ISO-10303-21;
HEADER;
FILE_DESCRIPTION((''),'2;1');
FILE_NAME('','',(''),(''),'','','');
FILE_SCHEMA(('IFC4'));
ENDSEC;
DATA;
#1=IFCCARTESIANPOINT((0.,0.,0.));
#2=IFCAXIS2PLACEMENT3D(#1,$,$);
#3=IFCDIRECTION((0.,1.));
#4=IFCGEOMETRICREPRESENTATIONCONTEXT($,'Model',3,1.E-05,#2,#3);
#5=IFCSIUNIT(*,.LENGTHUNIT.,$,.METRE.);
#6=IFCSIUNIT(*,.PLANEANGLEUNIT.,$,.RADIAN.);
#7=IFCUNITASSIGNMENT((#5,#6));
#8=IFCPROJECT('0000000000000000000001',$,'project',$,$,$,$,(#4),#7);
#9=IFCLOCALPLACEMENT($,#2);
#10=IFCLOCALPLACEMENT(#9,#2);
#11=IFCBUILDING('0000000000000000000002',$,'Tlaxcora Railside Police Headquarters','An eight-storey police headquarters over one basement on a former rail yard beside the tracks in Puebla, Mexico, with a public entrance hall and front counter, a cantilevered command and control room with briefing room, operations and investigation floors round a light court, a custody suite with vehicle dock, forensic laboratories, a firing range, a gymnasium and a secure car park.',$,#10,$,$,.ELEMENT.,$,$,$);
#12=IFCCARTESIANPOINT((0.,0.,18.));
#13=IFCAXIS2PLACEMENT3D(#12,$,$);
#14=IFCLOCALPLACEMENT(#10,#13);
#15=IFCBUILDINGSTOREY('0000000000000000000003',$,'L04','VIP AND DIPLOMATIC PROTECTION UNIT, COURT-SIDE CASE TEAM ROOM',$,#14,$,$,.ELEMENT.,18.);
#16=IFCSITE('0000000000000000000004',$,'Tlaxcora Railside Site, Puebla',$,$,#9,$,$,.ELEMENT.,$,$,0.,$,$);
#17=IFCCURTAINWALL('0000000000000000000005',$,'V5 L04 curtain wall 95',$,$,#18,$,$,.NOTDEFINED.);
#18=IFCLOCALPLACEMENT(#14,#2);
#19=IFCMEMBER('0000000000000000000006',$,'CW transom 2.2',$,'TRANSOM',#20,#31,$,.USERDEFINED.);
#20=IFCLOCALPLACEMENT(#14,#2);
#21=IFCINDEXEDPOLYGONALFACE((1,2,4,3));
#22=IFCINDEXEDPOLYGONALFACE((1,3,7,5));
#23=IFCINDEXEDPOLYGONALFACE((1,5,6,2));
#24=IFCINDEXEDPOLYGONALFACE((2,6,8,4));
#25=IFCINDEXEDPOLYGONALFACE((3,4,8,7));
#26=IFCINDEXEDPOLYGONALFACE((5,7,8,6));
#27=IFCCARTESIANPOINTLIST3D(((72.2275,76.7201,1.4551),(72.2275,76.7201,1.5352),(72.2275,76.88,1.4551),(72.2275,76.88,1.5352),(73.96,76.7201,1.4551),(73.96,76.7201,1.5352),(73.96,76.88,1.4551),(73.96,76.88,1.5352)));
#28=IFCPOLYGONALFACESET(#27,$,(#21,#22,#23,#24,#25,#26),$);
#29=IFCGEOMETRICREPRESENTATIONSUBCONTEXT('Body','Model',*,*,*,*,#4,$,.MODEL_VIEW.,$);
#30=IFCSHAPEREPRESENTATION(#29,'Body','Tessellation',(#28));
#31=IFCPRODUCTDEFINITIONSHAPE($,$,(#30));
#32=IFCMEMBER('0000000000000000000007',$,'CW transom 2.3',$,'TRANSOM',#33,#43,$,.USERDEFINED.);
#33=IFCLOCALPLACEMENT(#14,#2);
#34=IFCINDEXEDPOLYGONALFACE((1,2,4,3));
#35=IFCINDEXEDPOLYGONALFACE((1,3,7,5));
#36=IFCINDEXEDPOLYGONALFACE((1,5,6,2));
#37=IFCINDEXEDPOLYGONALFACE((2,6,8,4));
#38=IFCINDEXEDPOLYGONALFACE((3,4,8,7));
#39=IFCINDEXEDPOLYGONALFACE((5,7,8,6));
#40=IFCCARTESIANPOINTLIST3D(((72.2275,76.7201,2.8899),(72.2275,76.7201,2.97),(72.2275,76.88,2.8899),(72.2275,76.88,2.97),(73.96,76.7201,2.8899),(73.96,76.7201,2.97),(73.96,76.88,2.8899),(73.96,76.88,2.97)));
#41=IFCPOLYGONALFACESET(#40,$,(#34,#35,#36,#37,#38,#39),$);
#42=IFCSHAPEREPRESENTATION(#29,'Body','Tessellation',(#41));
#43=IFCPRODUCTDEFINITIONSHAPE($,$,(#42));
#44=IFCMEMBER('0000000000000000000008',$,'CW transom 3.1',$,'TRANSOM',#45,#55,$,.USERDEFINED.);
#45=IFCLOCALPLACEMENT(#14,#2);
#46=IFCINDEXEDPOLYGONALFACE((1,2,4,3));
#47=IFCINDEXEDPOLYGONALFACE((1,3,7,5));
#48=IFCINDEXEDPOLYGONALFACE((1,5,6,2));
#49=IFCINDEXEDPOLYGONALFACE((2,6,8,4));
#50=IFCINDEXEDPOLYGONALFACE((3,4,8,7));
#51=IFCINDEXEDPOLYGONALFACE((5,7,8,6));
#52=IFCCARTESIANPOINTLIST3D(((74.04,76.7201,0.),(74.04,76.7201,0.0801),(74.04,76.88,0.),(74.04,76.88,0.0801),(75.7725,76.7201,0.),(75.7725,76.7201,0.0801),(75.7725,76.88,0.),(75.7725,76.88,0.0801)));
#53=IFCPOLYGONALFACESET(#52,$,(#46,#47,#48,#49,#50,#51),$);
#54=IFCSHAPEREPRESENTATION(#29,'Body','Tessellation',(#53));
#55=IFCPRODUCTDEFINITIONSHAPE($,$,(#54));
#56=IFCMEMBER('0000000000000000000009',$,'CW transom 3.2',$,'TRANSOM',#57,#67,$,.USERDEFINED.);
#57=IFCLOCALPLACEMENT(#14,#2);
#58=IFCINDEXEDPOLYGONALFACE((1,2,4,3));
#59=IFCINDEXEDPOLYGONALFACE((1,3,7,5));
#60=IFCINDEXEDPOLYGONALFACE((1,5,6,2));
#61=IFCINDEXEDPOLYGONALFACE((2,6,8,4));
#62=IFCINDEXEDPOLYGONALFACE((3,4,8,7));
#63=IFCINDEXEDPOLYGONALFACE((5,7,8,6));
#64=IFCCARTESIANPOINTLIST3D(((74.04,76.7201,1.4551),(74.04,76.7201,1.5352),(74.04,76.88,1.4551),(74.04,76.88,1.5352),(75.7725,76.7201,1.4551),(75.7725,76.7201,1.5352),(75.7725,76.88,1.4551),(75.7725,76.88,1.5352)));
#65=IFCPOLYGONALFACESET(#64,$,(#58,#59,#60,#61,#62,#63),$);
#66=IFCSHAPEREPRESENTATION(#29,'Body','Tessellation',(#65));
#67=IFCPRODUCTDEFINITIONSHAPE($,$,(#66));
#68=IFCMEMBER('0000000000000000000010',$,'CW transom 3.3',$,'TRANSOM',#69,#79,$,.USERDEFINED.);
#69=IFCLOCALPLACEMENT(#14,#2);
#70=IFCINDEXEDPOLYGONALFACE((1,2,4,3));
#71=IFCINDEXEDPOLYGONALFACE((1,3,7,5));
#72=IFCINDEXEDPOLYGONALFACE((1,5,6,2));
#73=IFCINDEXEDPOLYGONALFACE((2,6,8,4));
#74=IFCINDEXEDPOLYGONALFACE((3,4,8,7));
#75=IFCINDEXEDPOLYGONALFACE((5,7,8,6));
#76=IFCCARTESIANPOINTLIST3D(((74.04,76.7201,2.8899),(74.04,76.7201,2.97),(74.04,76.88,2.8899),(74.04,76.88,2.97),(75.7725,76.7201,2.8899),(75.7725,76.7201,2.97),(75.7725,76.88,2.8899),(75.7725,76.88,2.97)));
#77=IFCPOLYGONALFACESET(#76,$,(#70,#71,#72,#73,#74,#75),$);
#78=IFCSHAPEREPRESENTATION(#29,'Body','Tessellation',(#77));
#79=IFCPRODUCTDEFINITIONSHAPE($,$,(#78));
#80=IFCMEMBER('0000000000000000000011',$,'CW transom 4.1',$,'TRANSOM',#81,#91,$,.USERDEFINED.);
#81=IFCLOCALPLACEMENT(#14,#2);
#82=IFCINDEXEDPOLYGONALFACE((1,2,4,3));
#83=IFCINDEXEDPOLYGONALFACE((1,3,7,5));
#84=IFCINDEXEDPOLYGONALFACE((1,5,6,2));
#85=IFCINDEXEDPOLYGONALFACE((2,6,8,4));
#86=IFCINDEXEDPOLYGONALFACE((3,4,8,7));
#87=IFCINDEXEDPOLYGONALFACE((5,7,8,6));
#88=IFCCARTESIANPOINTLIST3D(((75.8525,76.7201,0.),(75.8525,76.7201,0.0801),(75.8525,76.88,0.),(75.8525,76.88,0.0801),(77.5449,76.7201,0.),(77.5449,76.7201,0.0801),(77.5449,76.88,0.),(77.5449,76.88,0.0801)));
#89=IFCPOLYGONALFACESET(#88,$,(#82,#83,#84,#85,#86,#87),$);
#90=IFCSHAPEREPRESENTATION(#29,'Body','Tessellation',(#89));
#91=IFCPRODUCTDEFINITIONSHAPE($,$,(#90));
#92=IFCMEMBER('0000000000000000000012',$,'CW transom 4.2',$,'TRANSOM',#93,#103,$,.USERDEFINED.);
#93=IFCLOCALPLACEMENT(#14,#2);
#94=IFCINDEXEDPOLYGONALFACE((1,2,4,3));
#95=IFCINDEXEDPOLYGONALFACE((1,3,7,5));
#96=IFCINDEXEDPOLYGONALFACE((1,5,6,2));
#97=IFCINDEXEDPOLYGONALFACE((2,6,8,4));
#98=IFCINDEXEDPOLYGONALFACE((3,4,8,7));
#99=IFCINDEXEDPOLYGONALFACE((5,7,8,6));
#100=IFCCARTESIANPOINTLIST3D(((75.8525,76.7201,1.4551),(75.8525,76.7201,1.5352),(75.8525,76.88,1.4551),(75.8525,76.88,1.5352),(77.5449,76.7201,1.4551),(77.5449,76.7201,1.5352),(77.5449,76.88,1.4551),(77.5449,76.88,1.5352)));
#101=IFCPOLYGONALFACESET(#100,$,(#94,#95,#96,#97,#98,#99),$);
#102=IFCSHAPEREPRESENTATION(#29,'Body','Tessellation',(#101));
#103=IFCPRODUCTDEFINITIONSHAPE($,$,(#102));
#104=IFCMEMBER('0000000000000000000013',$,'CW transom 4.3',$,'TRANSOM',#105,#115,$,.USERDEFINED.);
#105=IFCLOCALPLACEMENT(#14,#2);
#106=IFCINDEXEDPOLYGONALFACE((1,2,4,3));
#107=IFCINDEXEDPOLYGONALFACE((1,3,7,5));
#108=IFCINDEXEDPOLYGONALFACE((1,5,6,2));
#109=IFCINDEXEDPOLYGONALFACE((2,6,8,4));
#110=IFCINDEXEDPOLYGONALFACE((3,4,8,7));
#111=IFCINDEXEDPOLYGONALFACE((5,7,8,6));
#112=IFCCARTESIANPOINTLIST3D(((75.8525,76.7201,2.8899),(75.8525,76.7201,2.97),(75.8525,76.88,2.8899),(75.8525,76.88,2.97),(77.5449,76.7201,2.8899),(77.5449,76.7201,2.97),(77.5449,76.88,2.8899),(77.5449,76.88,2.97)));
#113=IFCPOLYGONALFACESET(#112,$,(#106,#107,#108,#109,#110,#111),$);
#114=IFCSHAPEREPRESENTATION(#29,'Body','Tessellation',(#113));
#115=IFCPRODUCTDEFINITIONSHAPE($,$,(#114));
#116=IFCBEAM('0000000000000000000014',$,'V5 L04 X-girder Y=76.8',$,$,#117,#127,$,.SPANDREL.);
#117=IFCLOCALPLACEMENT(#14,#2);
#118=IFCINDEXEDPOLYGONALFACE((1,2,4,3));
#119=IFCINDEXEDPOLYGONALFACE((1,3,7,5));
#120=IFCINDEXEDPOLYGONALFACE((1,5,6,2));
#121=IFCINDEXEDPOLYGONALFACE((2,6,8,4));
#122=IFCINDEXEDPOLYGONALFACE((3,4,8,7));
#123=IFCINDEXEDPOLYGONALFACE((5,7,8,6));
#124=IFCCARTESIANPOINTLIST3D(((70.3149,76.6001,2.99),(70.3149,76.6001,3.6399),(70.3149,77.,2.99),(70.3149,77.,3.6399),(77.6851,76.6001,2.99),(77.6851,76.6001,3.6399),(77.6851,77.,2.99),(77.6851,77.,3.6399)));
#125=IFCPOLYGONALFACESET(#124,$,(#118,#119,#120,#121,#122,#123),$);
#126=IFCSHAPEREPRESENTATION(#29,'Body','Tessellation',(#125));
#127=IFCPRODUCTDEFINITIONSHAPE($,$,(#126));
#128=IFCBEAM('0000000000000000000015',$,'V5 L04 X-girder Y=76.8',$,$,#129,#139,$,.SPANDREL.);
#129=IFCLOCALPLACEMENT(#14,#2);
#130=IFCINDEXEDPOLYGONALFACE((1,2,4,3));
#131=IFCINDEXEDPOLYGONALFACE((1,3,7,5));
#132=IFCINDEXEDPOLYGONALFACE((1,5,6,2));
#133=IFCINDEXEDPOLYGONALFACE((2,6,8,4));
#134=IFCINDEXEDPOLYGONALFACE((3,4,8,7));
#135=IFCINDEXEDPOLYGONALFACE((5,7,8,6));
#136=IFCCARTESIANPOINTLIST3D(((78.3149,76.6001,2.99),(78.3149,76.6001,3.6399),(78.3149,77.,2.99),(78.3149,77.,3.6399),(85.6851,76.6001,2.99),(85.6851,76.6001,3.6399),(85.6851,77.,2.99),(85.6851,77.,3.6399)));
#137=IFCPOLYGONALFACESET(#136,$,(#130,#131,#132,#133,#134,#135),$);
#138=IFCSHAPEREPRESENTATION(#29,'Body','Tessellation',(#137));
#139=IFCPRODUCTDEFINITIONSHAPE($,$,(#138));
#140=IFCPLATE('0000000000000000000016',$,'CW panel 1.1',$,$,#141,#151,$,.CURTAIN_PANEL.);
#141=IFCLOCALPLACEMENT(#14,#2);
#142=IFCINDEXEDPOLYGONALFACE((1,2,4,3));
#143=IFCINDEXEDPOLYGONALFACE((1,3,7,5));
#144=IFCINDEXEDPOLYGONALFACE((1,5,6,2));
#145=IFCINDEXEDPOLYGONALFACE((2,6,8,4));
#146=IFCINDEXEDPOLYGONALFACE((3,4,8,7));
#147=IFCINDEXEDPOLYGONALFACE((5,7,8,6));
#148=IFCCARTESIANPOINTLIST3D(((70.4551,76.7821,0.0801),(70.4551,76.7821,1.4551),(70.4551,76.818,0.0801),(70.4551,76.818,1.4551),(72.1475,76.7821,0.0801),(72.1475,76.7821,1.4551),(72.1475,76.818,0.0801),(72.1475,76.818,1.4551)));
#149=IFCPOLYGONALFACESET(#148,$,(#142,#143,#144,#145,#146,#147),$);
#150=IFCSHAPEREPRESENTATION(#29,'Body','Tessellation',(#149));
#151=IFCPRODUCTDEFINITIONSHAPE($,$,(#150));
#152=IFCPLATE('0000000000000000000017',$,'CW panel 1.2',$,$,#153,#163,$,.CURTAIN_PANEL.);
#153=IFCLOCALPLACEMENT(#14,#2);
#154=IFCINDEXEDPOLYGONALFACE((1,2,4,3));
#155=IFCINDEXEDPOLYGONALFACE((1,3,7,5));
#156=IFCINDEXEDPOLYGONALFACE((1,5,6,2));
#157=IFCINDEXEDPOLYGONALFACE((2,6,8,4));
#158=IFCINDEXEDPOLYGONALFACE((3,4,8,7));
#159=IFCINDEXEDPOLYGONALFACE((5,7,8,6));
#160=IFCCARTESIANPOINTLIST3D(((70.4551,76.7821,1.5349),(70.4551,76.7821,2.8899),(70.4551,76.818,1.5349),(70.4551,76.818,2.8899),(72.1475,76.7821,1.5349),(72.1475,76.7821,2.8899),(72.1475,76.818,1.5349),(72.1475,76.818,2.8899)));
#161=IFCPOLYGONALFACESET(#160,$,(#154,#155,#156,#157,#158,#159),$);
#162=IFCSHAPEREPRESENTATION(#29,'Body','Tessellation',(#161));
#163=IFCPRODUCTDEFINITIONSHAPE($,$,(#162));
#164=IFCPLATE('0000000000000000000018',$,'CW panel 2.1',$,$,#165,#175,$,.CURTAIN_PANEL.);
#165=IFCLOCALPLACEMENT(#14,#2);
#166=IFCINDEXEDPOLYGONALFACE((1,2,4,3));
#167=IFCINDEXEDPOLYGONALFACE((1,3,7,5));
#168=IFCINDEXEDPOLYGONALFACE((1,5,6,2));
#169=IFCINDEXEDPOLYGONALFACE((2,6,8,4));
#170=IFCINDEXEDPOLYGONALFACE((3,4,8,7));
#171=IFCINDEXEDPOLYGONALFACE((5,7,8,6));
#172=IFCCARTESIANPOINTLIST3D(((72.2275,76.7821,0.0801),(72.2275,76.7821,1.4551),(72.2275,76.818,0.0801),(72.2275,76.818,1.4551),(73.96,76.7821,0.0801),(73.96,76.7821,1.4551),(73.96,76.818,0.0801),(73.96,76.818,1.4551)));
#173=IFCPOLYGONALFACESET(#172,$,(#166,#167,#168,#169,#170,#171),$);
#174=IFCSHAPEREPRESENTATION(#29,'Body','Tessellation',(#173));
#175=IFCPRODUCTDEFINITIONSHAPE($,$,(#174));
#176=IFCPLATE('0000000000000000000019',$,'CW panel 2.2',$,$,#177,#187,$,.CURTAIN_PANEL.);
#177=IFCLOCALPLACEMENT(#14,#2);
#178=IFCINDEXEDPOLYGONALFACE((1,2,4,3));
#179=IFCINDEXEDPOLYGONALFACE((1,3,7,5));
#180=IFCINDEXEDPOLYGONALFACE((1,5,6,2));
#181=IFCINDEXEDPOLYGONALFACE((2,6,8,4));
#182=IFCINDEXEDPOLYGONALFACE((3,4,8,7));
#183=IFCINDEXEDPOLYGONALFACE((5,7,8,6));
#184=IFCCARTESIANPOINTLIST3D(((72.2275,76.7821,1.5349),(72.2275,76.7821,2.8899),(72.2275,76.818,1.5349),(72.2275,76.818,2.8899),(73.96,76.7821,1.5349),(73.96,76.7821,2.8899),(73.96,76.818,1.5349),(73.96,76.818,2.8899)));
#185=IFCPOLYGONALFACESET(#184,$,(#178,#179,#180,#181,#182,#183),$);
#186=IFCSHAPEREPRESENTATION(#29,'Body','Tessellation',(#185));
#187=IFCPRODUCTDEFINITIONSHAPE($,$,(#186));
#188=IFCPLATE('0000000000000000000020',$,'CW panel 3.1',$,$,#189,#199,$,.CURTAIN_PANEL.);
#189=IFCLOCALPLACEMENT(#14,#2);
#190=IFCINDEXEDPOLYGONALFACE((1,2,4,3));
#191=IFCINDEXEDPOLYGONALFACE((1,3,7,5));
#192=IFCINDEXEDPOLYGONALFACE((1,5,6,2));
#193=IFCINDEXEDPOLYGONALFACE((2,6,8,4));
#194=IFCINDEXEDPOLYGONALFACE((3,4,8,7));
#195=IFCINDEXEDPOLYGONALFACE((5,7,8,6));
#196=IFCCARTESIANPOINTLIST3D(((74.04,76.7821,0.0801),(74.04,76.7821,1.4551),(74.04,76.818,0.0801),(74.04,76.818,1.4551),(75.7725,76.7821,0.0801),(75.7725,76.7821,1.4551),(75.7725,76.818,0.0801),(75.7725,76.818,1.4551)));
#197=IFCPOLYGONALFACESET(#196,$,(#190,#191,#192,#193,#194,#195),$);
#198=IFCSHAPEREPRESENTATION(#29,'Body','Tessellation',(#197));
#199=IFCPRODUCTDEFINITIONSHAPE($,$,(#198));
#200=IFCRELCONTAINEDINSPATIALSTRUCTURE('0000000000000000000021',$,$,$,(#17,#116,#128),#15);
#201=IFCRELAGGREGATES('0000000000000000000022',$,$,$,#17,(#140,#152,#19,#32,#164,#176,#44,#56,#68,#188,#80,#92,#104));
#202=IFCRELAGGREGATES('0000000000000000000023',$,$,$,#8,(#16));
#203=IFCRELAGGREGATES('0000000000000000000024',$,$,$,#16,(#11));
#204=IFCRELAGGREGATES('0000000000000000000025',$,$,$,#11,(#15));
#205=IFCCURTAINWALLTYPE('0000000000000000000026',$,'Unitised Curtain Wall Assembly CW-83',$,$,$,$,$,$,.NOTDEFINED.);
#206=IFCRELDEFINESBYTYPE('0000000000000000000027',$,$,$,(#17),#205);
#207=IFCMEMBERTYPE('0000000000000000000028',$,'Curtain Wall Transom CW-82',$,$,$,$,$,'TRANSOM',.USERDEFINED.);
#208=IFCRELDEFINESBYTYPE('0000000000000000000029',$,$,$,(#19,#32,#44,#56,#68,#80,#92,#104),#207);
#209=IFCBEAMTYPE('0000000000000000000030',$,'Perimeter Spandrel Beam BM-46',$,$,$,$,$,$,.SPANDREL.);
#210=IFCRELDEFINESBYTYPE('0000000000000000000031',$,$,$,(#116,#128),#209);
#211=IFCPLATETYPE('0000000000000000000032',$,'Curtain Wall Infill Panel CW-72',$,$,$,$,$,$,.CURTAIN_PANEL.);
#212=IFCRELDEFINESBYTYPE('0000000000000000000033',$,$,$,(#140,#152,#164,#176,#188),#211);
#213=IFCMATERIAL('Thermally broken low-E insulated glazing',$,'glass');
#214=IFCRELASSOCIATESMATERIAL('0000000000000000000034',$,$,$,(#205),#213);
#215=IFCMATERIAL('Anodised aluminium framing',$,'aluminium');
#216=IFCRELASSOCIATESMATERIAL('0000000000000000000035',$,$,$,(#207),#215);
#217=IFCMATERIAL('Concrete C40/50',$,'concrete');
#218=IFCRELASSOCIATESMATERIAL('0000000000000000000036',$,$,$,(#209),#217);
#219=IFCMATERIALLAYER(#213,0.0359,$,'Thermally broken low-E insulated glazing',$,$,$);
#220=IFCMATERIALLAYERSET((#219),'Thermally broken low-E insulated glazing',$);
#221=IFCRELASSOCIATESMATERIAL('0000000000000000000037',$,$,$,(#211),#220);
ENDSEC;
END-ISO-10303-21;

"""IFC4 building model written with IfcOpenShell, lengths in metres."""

from ifc_helpers import new_model, si_unit, direction, frame, origin, origin_2d, place, context, subcontext, project, spatial, rectangle, extrude, material, layer, layer_set, material_profile, profile_set, type_object, element, aggregate, save


model = new_model("IFC4")

# Units and contexts
model_context = context("Model", 3, precision=1e-05, world=origin(), true_north=direction((0.0, 1.0)))
body_context = subcontext(model_context, "Body", "Model", "MODEL_VIEW")
ifc_project = project(units=[si_unit("LENGTHUNIT", "METRE"), si_unit("PLANEANGLEUNIT", "RADIAN")], contexts=[model_context])

# Site, building, storey
site_placement = place(None, origin())
site = spatial("IfcSite", under=ifc_project, at=site_placement, Name="Tlaxcora Railside Site, Puebla", CompositionType="ELEMENT", RefElevation=0.0)
building_placement = place(site_placement, origin())
building = spatial("IfcBuilding", under=site, at=building_placement, Name="Tlaxcora Railside Police Headquarters", Description="An eight-storey police headquarters over one basement on a former rail yard beside the tracks in Puebla, Mexico, with a public entrance hall and front counter, a cantilevered command and control room with briefing room, operations and investigation floors round a light court, a custody suite with vehicle dock, forensic laboratories, a firing range, a gymnasium and a secure car park.", CompositionType="ELEMENT")
storey_placement = place(building_placement, frame((0.0, 0.0, 18.0)))
storey = spatial("IfcBuildingStorey", under=building, at=storey_placement, Name="L04", Description="VIP AND DIPLOMATIC PROTECTION UNIT, COURT-SIDE CASE TEAM ROOM", CompositionType="ELEMENT", Elevation=18.0)

# Shared definitions
ifc_material_1 = material(Name="Concrete C40/50", Category="concrete")

# Shared definitions
ifc_material_2 = material(Name="Thermally broken low-E insulated glazing", Category="glass")
ifc_material_3 = material(Name="Anodised aluminium framing", Category="aluminium")

# Curtain wall
curtain_wall_type_1 = type_object("IfcCurtainWallType", Name="Unitised Curtain Wall Assembly CW-83", PredefinedType="NOTDEFINED", material=ifc_material_2)
curtain_wall_1_placement = place(storey_placement, origin())
curtain_wall_1 = element("IfcCurtainWall", 1, at=curtain_wall_1_placement, inside=storey, type_object=curtain_wall_type_1, Name="V5 L04 curtain wall 95", PredefinedType="NOTDEFINED")

# Members
ifc_material_profile_1 = material_profile(ifc_material_3, rectangle(XDim=0.1599, YDim=0.0801, at=origin_2d()), Name="AL80X160")
ifc_profile_set_1 = profile_set([ifc_material_profile_1], Name="Anodised aluminium framing")
member_type_1 = type_object("IfcMemberType", Name="Curtain Wall Transom CW-82", ElementType="TRANSOM", PredefinedType="USERDEFINED", material=ifc_profile_set_1)
member_1_placement = place(storey_placement, frame((72.2275, 76.8, 1.4951), z_axis=(1.0, 0.0, 0.0), x_axis=(0.0, 1.0, 0.0)))
member_1 = element("IfcMember", 2, at=member_1_placement, type_object=member_type_1, Name="CW transom 2.2", ObjectType="TRANSOM", PredefinedType="USERDEFINED", context=body_context, shape_type="SweptSolid", body=[
    extrude(rectangle(XDim=0.1599, YDim=0.0801, at=origin_2d()), origin(), (0.0, 0.0, 1.0), 1.7324),
])
member_2_placement = place(storey_placement, frame((72.2275, 76.8, 2.9299), z_axis=(1.0, 0.0, 0.0), x_axis=(0.0, 1.0, 0.0)))
member_2 = element("IfcMember", 3, at=member_2_placement, type_object=member_type_1, Name="CW transom 2.3", ObjectType="TRANSOM", PredefinedType="USERDEFINED", context=body_context, shape_type="SweptSolid", body=[
    extrude(rectangle(XDim=0.1599, YDim=0.0801, at=origin_2d()), origin(), (0.0, 0.0, 1.0), 1.7324),
])
member_3_placement = place(storey_placement, frame((74.04, 76.8, 0.04), z_axis=(1.0, 0.0, 0.0), x_axis=(0.0, 1.0, 0.0)))
member_3 = element("IfcMember", 4, at=member_3_placement, type_object=member_type_1, Name="CW transom 3.1", ObjectType="TRANSOM", PredefinedType="USERDEFINED", context=body_context, shape_type="SweptSolid", body=[
    extrude(rectangle(XDim=0.1599, YDim=0.0801, at=origin_2d()), origin(), (0.0, 0.0, 1.0), 1.7324),
])
member_4_placement = place(storey_placement, frame((74.04, 76.8, 1.4951), z_axis=(1.0, 0.0, 0.0), x_axis=(0.0, 1.0, 0.0)))
member_4 = element("IfcMember", 5, at=member_4_placement, type_object=member_type_1, Name="CW transom 3.2", ObjectType="TRANSOM", PredefinedType="USERDEFINED", context=body_context, shape_type="SweptSolid", body=[
    extrude(rectangle(XDim=0.1599, YDim=0.0801, at=origin_2d()), origin(), (0.0, 0.0, 1.0), 1.7324),
])
member_5_placement = place(storey_placement, frame((74.04, 76.8, 2.9299), z_axis=(1.0, 0.0, 0.0), x_axis=(0.0, 1.0, 0.0)))
member_5 = element("IfcMember", 6, at=member_5_placement, type_object=member_type_1, Name="CW transom 3.3", ObjectType="TRANSOM", PredefinedType="USERDEFINED", context=body_context, shape_type="SweptSolid", body=[
    extrude(rectangle(XDim=0.1599, YDim=0.0801, at=origin_2d()), origin(), (0.0, 0.0, 1.0), 1.7324),
])
member_6_placement = place(storey_placement, frame((75.8525, 76.8, 0.04), z_axis=(1.0, 0.0, 0.0), x_axis=(0.0, 1.0, 0.0)))
member_6 = element("IfcMember", 7, at=member_6_placement, type_object=member_type_1, Name="CW transom 4.1", ObjectType="TRANSOM", PredefinedType="USERDEFINED", context=body_context, shape_type="SweptSolid", body=[
    extrude(rectangle(XDim=0.1599, YDim=0.0801, at=origin_2d()), origin(), (0.0, 0.0, 1.0), 1.6924),
])
member_7_placement = place(storey_placement, frame((75.8525, 76.8, 1.4951), z_axis=(1.0, 0.0, 0.0), x_axis=(0.0, 1.0, 0.0)))
member_7 = element("IfcMember", 8, at=member_7_placement, type_object=member_type_1, Name="CW transom 4.2", ObjectType="TRANSOM", PredefinedType="USERDEFINED", context=body_context, shape_type="SweptSolid", body=[
    extrude(rectangle(XDim=0.1599, YDim=0.0801, at=origin_2d()), origin(), (0.0, 0.0, 1.0), 1.6924),
])
member_8_placement = place(storey_placement, frame((75.8525, 76.8, 2.9299), z_axis=(1.0, 0.0, 0.0), x_axis=(0.0, 1.0, 0.0)))
member_8 = element("IfcMember", 9, at=member_8_placement, type_object=member_type_1, Name="CW transom 4.3", ObjectType="TRANSOM", PredefinedType="USERDEFINED", context=body_context, shape_type="SweptSolid", body=[
    extrude(rectangle(XDim=0.1599, YDim=0.0801, at=origin_2d()), origin(), (0.0, 0.0, 1.0), 1.6924),
])

# Beams
ifc_material_profile_2 = material_profile(ifc_material_1, rectangle(XDim=0.3999, YDim=0.6499, at=origin_2d()), Name="RC400X650")
ifc_profile_set_2 = profile_set([ifc_material_profile_2], Name="Concrete C40/50")
beam_type = type_object("IfcBeamType", Name="Perimeter Spandrel Beam BM-46", PredefinedType="SPANDREL", material=ifc_profile_set_2)
for number, where, z_axis, x_axis, name in (
    (10, (70.3149, 76.8, 3.3149), (1.0, 0.0, 0.0), (0.0, 1.0, 0.0), "V5 L04 X-girder Y=76.8"),
    (11, (78.3149, 76.8, 3.3149), (1.0, 0.0, 0.0), (0.0, 1.0, 0.0), "V5 L04 X-girder Y=76.8"),
):
    element("IfcBeam", number, at=place(storey_placement, frame(where, z_axis=z_axis, x_axis=x_axis)), inside=storey, type_object=beam_type, Name=name, PredefinedType="SPANDREL", context=body_context, shape_type="SweptSolid", body=[
        extrude(rectangle(XDim=0.3999, YDim=0.6499, at=origin_2d()), origin(), (0.0, 0.0, 1.0), 7.3701),
    ])

# Plates
ifc_layer_1 = layer(ifc_material_2, 0.0359, Name="Thermally broken low-E insulated glazing")
ifc_layer_set_1 = layer_set([ifc_layer_1], Name="Thermally broken low-E insulated glazing")
plate_type = type_object("IfcPlateType", Name="Curtain Wall Infill Panel CW-72", PredefinedType="CURTAIN_PANEL", material=ifc_layer_set_1)
plate_1_placement = place(storey_placement, frame((71.3013, 76.8, 0.0801), z_axis=(0.0, 0.0, 1.0), x_axis=(1.0, 0.0, 0.0)))
plate_1 = element("IfcPlate", 12, at=plate_1_placement, type_object=plate_type, Name="CW panel 1.1", PredefinedType="CURTAIN_PANEL", context=body_context, shape_type="SweptSolid", body=[
    extrude(rectangle(XDim=1.6924, YDim=0.0359, at=origin_2d()), origin(), (0.0, 0.0, 1.0), 1.375),
])
plate_2_placement = place(storey_placement, frame((71.3013, 76.8, 1.5349), z_axis=(0.0, 0.0, 1.0), x_axis=(1.0, 0.0, 0.0)))
plate_2 = element("IfcPlate", 13, at=plate_2_placement, type_object=plate_type, Name="CW panel 1.2", PredefinedType="CURTAIN_PANEL", context=body_context, shape_type="SweptSolid", body=[
    extrude(rectangle(XDim=1.6924, YDim=0.0359, at=origin_2d()), origin(), (0.0, 0.0, 1.0), 1.355),
])
plate_3_placement = place(storey_placement, frame((73.0938, 76.8, 0.0801), z_axis=(0.0, 0.0, 1.0), x_axis=(1.0, 0.0, 0.0)))
plate_3 = element("IfcPlate", 14, at=plate_3_placement, type_object=plate_type, Name="CW panel 2.1", PredefinedType="CURTAIN_PANEL", context=body_context, shape_type="SweptSolid", body=[
    extrude(rectangle(XDim=1.7324, YDim=0.0359, at=origin_2d()), origin(), (0.0, 0.0, 1.0), 1.375),
])
plate_4_placement = place(storey_placement, frame((73.0938, 76.8, 1.5349), z_axis=(0.0, 0.0, 1.0), x_axis=(1.0, 0.0, 0.0)))
plate_4 = element("IfcPlate", 15, at=plate_4_placement, type_object=plate_type, Name="CW panel 2.2", PredefinedType="CURTAIN_PANEL", context=body_context, shape_type="SweptSolid", body=[
    extrude(rectangle(XDim=1.7324, YDim=0.0359, at=origin_2d()), origin(), (0.0, 0.0, 1.0), 1.355),
])
plate_5_placement = place(storey_placement, frame((74.9062, 76.8, 0.0801), z_axis=(0.0, 0.0, 1.0), x_axis=(1.0, 0.0, 0.0)))
plate_5 = element("IfcPlate", 16, at=plate_5_placement, type_object=plate_type, Name="CW panel 3.1", PredefinedType="CURTAIN_PANEL", context=body_context, shape_type="SweptSolid", body=[
    extrude(rectangle(XDim=1.7324, YDim=0.0359, at=origin_2d()), origin(), (0.0, 0.0, 1.0), 1.375),
])
aggregate(curtain_wall_1, [plate_1, plate_2, member_1, member_2, plate_3, plate_4, member_3, member_4, member_5, plate_5, member_6, member_7, member_8])

save(model, "model.ifc")
